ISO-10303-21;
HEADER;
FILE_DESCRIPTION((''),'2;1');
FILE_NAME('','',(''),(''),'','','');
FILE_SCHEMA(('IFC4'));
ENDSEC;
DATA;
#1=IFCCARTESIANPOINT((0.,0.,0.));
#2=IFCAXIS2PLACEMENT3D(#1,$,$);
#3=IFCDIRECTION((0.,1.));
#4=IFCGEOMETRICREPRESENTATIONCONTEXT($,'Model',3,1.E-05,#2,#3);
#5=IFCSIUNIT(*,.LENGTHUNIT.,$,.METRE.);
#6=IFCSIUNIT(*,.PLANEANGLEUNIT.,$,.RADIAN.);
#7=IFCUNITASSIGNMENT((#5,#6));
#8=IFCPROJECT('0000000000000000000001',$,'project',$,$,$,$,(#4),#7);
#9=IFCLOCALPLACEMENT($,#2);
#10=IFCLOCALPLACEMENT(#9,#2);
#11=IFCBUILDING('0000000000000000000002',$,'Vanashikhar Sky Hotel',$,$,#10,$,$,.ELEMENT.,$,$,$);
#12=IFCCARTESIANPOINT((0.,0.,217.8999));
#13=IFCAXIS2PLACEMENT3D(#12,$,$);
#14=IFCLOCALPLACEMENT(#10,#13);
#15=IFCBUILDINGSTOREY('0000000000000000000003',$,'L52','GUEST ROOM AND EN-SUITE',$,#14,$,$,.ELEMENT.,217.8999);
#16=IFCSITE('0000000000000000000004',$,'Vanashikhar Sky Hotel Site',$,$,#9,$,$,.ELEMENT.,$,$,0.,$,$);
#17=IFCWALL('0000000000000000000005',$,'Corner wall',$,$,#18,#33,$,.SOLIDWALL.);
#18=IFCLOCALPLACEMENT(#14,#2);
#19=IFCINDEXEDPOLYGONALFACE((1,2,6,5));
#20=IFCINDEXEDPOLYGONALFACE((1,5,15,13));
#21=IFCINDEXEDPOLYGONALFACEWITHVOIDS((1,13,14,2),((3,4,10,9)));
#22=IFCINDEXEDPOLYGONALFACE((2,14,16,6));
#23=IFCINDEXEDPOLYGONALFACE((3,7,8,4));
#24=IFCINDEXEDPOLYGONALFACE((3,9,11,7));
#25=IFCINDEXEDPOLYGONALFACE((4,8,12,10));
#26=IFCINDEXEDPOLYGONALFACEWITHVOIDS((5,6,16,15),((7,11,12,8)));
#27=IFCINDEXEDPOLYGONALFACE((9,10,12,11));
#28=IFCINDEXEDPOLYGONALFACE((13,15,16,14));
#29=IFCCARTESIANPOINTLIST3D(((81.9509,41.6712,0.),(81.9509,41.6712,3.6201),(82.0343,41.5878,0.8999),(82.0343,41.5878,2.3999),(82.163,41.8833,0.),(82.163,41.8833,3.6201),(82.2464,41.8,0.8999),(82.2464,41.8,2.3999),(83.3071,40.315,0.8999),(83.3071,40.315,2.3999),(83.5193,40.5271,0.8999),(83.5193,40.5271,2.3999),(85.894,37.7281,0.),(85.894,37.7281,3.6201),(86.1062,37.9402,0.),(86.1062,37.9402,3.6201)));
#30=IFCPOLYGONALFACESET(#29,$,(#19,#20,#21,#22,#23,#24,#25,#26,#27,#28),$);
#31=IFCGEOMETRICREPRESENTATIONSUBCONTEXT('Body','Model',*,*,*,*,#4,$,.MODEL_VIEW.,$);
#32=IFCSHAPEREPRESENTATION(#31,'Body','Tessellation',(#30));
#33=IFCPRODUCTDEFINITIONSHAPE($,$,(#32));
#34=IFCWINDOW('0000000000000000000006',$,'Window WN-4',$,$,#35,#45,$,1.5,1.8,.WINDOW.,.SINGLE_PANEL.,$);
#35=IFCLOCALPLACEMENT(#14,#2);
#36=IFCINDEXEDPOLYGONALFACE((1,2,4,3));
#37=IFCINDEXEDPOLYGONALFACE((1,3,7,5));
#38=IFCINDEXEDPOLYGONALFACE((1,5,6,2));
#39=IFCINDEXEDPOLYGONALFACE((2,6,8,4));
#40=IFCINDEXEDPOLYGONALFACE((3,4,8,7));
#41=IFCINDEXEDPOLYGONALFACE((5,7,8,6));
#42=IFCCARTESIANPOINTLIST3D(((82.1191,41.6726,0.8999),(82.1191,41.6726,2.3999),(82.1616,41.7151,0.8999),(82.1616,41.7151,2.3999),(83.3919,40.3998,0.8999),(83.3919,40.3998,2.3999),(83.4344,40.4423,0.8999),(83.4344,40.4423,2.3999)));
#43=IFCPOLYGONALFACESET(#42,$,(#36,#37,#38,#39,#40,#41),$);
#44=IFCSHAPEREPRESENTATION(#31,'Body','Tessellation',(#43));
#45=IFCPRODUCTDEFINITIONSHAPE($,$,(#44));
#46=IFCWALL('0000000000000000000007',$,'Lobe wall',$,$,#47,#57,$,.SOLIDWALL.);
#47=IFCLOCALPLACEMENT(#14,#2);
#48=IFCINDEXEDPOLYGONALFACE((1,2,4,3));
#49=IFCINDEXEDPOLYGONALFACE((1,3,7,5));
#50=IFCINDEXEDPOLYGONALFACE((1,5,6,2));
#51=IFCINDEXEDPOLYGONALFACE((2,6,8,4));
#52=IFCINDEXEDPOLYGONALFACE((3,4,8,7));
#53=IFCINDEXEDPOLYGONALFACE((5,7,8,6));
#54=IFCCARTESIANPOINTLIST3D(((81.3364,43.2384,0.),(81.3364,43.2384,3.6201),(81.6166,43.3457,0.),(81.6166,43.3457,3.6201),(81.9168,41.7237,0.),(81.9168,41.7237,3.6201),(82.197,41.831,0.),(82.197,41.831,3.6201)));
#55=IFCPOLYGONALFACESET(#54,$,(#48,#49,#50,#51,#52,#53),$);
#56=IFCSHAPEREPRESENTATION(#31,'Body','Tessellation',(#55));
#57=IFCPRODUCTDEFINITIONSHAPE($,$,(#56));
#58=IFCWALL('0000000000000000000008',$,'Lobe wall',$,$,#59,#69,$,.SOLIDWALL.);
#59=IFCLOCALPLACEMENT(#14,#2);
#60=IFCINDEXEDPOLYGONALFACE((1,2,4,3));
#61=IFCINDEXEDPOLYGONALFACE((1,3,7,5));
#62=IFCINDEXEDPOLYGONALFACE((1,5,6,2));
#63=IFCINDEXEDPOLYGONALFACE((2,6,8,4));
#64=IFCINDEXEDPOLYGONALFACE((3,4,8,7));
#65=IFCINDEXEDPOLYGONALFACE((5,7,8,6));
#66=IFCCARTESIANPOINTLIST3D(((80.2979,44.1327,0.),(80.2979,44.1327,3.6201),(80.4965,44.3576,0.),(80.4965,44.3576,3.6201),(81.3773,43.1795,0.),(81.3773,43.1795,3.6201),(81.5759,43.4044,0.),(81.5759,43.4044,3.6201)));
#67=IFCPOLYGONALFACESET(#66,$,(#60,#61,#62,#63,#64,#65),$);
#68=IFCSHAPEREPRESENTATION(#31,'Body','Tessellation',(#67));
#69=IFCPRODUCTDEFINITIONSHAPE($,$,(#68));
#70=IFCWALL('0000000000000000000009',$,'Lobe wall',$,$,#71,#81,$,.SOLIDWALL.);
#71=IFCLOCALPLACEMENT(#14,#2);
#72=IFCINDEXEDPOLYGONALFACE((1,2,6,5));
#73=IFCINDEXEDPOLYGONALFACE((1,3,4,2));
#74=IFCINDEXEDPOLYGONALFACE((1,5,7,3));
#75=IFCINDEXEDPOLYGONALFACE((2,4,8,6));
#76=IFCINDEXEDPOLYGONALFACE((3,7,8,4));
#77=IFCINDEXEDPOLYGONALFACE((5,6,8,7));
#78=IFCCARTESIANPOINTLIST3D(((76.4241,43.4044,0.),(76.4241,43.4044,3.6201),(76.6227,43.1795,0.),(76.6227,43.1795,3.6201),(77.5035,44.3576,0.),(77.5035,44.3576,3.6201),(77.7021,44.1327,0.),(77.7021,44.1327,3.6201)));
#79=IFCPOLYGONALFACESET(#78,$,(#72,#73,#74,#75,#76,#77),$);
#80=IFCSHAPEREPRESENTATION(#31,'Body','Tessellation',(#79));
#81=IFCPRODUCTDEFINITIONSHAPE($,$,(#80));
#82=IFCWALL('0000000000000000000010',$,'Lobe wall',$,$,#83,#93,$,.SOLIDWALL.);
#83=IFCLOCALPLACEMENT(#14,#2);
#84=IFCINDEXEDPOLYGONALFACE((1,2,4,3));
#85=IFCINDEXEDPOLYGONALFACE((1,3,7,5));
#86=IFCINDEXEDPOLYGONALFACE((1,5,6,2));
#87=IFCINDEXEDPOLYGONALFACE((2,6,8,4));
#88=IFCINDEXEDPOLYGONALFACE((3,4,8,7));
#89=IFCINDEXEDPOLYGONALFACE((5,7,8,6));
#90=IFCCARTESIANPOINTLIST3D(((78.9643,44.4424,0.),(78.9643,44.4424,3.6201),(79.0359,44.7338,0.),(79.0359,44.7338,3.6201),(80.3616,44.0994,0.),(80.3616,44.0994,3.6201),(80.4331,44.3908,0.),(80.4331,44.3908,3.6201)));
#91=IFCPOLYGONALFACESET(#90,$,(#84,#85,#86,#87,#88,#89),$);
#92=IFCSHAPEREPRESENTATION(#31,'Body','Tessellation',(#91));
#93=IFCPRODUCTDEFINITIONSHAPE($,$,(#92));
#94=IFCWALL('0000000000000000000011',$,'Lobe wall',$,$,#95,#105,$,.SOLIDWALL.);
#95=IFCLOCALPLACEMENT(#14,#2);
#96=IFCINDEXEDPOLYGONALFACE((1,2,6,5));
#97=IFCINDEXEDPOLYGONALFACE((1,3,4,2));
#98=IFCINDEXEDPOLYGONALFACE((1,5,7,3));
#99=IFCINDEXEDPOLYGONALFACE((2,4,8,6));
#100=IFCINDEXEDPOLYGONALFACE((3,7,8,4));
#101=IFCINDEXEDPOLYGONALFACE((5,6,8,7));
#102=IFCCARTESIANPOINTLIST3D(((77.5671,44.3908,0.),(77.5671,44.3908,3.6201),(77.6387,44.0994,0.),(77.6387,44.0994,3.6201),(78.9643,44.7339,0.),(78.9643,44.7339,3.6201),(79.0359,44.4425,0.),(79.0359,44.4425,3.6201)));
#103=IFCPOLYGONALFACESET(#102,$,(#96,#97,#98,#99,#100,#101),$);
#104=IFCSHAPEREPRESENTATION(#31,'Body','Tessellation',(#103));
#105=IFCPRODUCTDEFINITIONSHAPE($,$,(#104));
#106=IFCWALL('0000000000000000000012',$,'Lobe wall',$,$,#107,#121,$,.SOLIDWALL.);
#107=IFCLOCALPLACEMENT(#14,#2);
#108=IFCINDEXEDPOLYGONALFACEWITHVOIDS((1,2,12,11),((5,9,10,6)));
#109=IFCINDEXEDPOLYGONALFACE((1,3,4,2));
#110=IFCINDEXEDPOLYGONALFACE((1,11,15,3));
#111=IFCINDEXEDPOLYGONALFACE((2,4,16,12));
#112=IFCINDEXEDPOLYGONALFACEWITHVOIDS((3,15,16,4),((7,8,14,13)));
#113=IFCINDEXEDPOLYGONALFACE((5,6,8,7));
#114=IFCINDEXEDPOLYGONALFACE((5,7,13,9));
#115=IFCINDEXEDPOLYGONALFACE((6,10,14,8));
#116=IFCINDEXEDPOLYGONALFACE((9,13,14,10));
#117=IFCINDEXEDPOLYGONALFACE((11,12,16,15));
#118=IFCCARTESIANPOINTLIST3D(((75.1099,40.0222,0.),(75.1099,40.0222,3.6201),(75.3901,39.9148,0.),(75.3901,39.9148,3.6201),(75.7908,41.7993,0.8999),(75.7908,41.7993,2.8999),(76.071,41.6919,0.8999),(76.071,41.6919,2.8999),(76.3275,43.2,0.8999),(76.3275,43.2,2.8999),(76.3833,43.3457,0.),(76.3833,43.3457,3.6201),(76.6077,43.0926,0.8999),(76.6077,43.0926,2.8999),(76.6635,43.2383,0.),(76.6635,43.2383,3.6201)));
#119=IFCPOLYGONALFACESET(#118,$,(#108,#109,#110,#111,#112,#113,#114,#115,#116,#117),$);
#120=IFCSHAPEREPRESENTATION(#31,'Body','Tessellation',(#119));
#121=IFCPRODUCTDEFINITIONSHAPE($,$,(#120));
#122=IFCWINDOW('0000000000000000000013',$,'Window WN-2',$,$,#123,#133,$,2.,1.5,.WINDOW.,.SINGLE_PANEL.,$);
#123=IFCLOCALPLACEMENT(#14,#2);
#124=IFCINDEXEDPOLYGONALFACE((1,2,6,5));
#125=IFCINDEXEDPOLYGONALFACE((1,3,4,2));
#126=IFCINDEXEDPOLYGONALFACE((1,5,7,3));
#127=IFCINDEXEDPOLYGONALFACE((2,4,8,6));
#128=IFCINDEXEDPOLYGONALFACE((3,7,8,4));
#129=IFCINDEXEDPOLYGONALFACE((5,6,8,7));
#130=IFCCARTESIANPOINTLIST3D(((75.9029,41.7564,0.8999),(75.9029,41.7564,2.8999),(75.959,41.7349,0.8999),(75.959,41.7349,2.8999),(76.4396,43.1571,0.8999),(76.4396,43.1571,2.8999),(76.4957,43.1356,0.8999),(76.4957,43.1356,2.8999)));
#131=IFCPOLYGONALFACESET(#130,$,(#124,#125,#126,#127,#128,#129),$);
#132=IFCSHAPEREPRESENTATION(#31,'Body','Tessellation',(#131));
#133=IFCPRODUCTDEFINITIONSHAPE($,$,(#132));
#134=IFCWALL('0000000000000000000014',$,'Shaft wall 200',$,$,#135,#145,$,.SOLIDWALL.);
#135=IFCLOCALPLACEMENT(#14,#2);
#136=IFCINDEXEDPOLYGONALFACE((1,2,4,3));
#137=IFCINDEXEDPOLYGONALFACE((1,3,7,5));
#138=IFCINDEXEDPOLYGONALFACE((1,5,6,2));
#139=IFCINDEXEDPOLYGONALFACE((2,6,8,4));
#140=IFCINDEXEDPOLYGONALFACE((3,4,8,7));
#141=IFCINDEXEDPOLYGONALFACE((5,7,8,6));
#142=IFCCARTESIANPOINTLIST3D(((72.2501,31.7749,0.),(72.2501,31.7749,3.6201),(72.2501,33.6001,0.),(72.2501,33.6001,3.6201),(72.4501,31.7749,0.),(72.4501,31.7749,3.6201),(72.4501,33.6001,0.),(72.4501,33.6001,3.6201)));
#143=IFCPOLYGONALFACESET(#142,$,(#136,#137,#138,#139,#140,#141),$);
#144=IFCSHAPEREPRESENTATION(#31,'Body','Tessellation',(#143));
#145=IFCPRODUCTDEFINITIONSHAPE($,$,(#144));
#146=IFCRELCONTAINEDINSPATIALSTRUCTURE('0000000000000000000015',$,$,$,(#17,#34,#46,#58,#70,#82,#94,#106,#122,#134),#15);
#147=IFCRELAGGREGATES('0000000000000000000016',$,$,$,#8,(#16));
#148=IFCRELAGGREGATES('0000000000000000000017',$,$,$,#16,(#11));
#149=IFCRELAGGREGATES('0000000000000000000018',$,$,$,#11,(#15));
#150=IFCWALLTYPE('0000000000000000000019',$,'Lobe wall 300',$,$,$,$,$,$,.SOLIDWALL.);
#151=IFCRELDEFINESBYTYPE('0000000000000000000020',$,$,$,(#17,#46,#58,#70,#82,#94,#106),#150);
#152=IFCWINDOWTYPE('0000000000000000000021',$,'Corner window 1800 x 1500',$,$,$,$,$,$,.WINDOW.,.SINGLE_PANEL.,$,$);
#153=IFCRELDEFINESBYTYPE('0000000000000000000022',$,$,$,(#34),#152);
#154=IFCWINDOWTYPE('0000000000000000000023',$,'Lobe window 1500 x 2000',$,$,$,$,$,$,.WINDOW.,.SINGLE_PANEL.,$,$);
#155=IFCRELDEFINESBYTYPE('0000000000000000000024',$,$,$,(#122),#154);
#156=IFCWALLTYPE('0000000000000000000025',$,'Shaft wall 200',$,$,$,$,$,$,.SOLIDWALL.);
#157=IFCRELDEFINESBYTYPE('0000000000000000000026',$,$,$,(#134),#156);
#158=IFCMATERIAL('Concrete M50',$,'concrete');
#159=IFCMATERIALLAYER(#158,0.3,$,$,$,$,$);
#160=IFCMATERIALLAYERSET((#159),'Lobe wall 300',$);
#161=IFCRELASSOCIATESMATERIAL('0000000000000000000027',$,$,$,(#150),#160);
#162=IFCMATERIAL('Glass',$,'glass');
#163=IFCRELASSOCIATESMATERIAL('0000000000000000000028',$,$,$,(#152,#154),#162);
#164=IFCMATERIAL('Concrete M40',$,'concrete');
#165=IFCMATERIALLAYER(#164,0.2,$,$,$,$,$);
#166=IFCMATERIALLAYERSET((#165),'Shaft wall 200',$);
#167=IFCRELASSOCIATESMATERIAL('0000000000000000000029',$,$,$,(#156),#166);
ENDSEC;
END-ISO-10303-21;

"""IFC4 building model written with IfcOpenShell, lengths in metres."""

from ifc_helpers import new_model, si_unit, direction, frame, frame_2d, origin, place, context, subcontext, project, spatial, rectangle, extrude, source, transform, mapped, material, layer, layer_set, type_object, element, fill, save


model = new_model("IFC4")

# Units and contexts
model_context = context("Model", 3, precision=1e-05, world=origin(), true_north=direction((0.0, 1.0)))
body_context = subcontext(model_context, "Body", "Model", "MODEL_VIEW")
ifc_project = project(units=[si_unit("LENGTHUNIT", "METRE"), si_unit("PLANEANGLEUNIT", "RADIAN")], contexts=[model_context])

# Site, building, storey
site_placement = place(None, origin())
site = spatial("IfcSite", under=ifc_project, at=site_placement, Name="Vanashikhar Sky Hotel Site", CompositionType="ELEMENT", RefElevation=0.0)
building_placement = place(site_placement, origin())
building = spatial("IfcBuilding", under=site, at=building_placement, Name="Vanashikhar Sky Hotel", CompositionType="ELEMENT")
storey_placement = place(building_placement, frame((0.0, 0.0, 217.8999)))
storey = spatial("IfcBuildingStorey", under=building, at=storey_placement, Name="L52", Description="GUEST ROOM AND EN-SUITE", CompositionType="ELEMENT", Elevation=217.8999)

# Wall, opening, window
ifc_material_1 = material(Name="Concrete M50", Category="concrete")
ifc_layer_1 = layer(ifc_material_1, 0.3)
ifc_layer_set_1 = layer_set([ifc_layer_1], Name="Lobe wall 300")
wall_type_1 = type_object("IfcWallType", Name="Lobe wall 300", PredefinedType="SOLIDWALL", material=ifc_layer_set_1)
shared_shape_1 = source(origin(), body_context, "Body", "SweptSolid", [
    extrude(rectangle(XDim=5.5764, YDim=0.3, at=frame_2d((2.7881, 0.0))), origin(), (0.0, 0.0, 1.0), 3.6201),
])
wall_1_placement = place(storey_placement, frame((86.0, 37.8342, 0.0), z_axis=(0.0, 0.0, 1.0), x_axis=(-0.707107, 0.707107, 0.0)))
wall_1 = element("IfcWall", 1, at=wall_1_placement, inside=storey, type_object=wall_type_1, Name="Corner wall", PredefinedType="SOLIDWALL", context=body_context, shape_type="MappedRepresentation", body=[
    mapped(shared_shape_1, transform((0.0, 0.0, 0.0), scale=1.0)),
])
shared_shape_2 = source(origin(), body_context, "Body", "SweptSolid", [
    extrude(rectangle(XDim=1.8, YDim=1.5, at=frame_2d((0.8999, 0.75))), frame((0.0, 0.1602, 0.0), z_axis=(0.0, -1.0, 0.0), x_axis=(1.0, 0.0, 0.0)), (0.0, 0.0, 1.0), 0.3201),
])
opening_1_placement = place(wall_1_placement, frame((3.6584, 0.0, 0.8999)))
opening_1 = element("IfcOpeningElement", 2, at=opening_1_placement, cuts=wall_1, PredefinedType="OPENING", context=body_context, shape_type="MappedRepresentation", body=[
    mapped(shared_shape_2, transform((0.0, 0.0, 0.0), scale=1.0)),
])
ifc_material_2 = material(Name="Glass", Category="glass")
window_type_1 = type_object("IfcWindowType", Name="Corner window 1800 x 1500", PartitioningType="SINGLE_PANEL", PredefinedType="WINDOW", material=ifc_material_2)
shared_shape_3 = source(origin(), body_context, "Body", "SweptSolid", [
    extrude(rectangle(XDim=1.8, YDim=1.5, at=frame_2d((0.8999, 0.75))), frame((0.0, 0.03, 0.0), z_axis=(0.0, -1.0, 0.0), x_axis=(1.0, 0.0, 0.0)), (0.0, 0.0, 1.0), 0.0601),
])
window_1_placement = place(opening_1_placement, origin())
window_1 = element("IfcWindow", 3, at=window_1_placement, inside=storey, type_object=window_type_1, Name="Window WN-4", OverallHeight=1.5, OverallWidth=1.8, PartitioningType="SINGLE_PANEL", PredefinedType="WINDOW", context=body_context, shape_type="MappedRepresentation", body=[
    mapped(shared_shape_3, transform((0.0, 0.0, 0.0), scale=1.0)),
])
fill(opening_1, window_1)

# Walls
shared_shape_4 = source(origin(), body_context, "Body", "SweptSolid", [
    extrude(rectangle(XDim=1.6221, YDim=0.3, at=frame_2d((0.811, 0.0))), origin(), (0.0, 0.0, 1.0), 3.6201),
])
wall_2_placement = place(storey_placement, frame((82.0569, 41.7773, 0.0), z_axis=(0.0, 0.0, 1.0), x_axis=(-0.357779, 0.933806, 0.0)))
element("IfcWall", 4, at=wall_2_placement, inside=storey, type_object=wall_type_1, Name="Lobe wall", PredefinedType="SOLIDWALL", context=body_context, shape_type="MappedRepresentation", body=[
    mapped(shared_shape_4, transform((0.0, 0.0, 0.0), scale=1.0)),
])
shared_shape_5 = source(origin(), body_context, "Body", "SweptSolid", [
    extrude(rectangle(XDim=1.4399, YDim=0.3, at=frame_2d((0.72, 0.0))), origin(), (0.0, 0.0, 1.0), 3.6201),
])
for number, where, z_axis, x_axis, name in (
    (5, (81.4766, 43.292, 0.0), (0.0, 0.0, 1.0), (-0.749576, 0.661919, 0.0), "Lobe wall"),
    (6, (77.6028, 44.2451, 0.0), (0.0, 0.0, 1.0), (-0.749576, -0.661919, 0.0), "Lobe wall"),
):
    element("IfcWall", number, at=place(storey_placement, frame(where, z_axis=z_axis, x_axis=x_axis)), inside=storey, type_object=wall_type_1, Name=name, PredefinedType="SOLIDWALL", context=body_context, shape_type="MappedRepresentation", body=[
        mapped(shared_shape_5, transform((0.0, 0.0, 0.0), scale=1.0)),
    ])
shared_shape_6 = source(origin(), body_context, "Body", "SweptSolid", [
    extrude(rectangle(XDim=1.4387, YDim=0.3, at=frame_2d((0.7192, 0.0))), origin(), (0.0, 0.0, 1.0), 3.6201),
])
for number, where, z_axis, x_axis, name in (
    (7, (80.3972, 44.2451, 0.0), (0.0, 0.0, 1.0), (-0.971162, 0.238421, 0.0), "Lobe wall"),
    (8, (79.0, 44.5881, 0.0), (0.0, 0.0, 1.0), (-0.971162, -0.238421, 0.0), "Lobe wall"),
):
    element("IfcWall", number, at=place(storey_placement, frame(where, z_axis=z_axis, x_axis=x_axis)), inside=storey, type_object=wall_type_1, Name=name, PredefinedType="SOLIDWALL", context=body_context, shape_type="MappedRepresentation", body=[
        mapped(shared_shape_6, transform((0.0, 0.0, 0.0), scale=1.0)),
    ])

# Wall, opening, window
shared_shape_7 = source(origin(), body_context, "Body", "SweptSolid", [
    extrude(rectangle(XDim=3.5591, YDim=0.3, at=frame_2d((1.7795, 0.0))), origin(), (0.0, 0.0, 1.0), 3.6201),
])
wall_3_placement = place(storey_placement, frame((76.5234, 43.292, 0.0), z_axis=(0.0, 0.0, 1.0), x_axis=(-0.357797, -0.933799, 0.0)))
wall_3 = element("IfcWall", 9, at=wall_3_placement, inside=storey, type_object=wall_type_1, Name="Lobe wall", PredefinedType="SOLIDWALL", context=body_context, shape_type="MappedRepresentation", body=[
    mapped(shared_shape_7, transform((0.0, 0.0, 0.0), scale=1.0)),
])
shared_shape_8 = source(origin(), body_context, "Body", "SweptSolid", [
    extrude(rectangle(XDim=1.5, YDim=2.0, at=frame_2d((0.75, 1.0))), frame((0.0, 0.1602, 0.0), z_axis=(0.0, -1.0, 0.0), x_axis=(1.0, 0.0, 0.0)), (0.0, 0.0, 1.0), 0.3201),
])
opening_2_placement = place(wall_3_placement, frame((0.156, 0.0, 0.8999)))
opening_2 = element("IfcOpeningElement", 10, at=opening_2_placement, cuts=wall_3, PredefinedType="OPENING", context=body_context, shape_type="MappedRepresentation", body=[
    mapped(shared_shape_8, transform((0.0, 0.0, 0.0), scale=1.0)),
])
window_type_2 = type_object("IfcWindowType", Name="Lobe window 1500 x 2000", PartitioningType="SINGLE_PANEL", PredefinedType="WINDOW", material=ifc_material_2)
shared_shape_9 = source(origin(), body_context, "Body", "SweptSolid", [
    extrude(rectangle(XDim=1.5, YDim=2.0, at=frame_2d((0.75, 1.0))), frame((0.0, 0.03, 0.0), z_axis=(0.0, -1.0, 0.0), x_axis=(1.0, 0.0, 0.0)), (0.0, 0.0, 1.0), 0.0601),
])
window_2_placement = place(opening_2_placement, origin())
window_2 = element("IfcWindow", 11, at=window_2_placement, inside=storey, type_object=window_type_2, Name="Window WN-2", OverallHeight=2.0, OverallWidth=1.5, PartitioningType="SINGLE_PANEL", PredefinedType="WINDOW", context=body_context, shape_type="MappedRepresentation", body=[
    mapped(shared_shape_9, transform((0.0, 0.0, 0.0), scale=1.0)),
])
fill(opening_2, window_2)

# Wall
ifc_material_3 = material(Name="Concrete M40", Category="concrete")
ifc_layer_2 = layer(ifc_material_3, 0.2)
ifc_layer_set_2 = layer_set([ifc_layer_2], Name="Shaft wall 200")
wall_type_2 = type_object("IfcWallType", Name="Shaft wall 200", PredefinedType="SOLIDWALL", material=ifc_layer_set_2)
shared_shape_10 = source(origin(), body_context, "Body", "SweptSolid", [
    extrude(rectangle(XDim=1.8252, YDim=0.2, at=frame_2d((0.9126, 0.0))), origin(), (0.0, 0.0, 1.0), 3.6201),
])
wall_4_placement = place(storey_placement, frame((72.3501, 31.7749, 0.0), z_axis=(0.0, 0.0, 1.0), x_axis=(0.0, 1.0, 0.0)))
element("IfcWall", 12, at=wall_4_placement, inside=storey, type_object=wall_type_2, Name="Shaft wall 200", PredefinedType="SOLIDWALL", context=body_context, shape_type="MappedRepresentation", body=[
    mapped(shared_shape_10, transform((0.0, 0.0, 0.0), scale=1.0)),
])

save(model, "model.ifc")
